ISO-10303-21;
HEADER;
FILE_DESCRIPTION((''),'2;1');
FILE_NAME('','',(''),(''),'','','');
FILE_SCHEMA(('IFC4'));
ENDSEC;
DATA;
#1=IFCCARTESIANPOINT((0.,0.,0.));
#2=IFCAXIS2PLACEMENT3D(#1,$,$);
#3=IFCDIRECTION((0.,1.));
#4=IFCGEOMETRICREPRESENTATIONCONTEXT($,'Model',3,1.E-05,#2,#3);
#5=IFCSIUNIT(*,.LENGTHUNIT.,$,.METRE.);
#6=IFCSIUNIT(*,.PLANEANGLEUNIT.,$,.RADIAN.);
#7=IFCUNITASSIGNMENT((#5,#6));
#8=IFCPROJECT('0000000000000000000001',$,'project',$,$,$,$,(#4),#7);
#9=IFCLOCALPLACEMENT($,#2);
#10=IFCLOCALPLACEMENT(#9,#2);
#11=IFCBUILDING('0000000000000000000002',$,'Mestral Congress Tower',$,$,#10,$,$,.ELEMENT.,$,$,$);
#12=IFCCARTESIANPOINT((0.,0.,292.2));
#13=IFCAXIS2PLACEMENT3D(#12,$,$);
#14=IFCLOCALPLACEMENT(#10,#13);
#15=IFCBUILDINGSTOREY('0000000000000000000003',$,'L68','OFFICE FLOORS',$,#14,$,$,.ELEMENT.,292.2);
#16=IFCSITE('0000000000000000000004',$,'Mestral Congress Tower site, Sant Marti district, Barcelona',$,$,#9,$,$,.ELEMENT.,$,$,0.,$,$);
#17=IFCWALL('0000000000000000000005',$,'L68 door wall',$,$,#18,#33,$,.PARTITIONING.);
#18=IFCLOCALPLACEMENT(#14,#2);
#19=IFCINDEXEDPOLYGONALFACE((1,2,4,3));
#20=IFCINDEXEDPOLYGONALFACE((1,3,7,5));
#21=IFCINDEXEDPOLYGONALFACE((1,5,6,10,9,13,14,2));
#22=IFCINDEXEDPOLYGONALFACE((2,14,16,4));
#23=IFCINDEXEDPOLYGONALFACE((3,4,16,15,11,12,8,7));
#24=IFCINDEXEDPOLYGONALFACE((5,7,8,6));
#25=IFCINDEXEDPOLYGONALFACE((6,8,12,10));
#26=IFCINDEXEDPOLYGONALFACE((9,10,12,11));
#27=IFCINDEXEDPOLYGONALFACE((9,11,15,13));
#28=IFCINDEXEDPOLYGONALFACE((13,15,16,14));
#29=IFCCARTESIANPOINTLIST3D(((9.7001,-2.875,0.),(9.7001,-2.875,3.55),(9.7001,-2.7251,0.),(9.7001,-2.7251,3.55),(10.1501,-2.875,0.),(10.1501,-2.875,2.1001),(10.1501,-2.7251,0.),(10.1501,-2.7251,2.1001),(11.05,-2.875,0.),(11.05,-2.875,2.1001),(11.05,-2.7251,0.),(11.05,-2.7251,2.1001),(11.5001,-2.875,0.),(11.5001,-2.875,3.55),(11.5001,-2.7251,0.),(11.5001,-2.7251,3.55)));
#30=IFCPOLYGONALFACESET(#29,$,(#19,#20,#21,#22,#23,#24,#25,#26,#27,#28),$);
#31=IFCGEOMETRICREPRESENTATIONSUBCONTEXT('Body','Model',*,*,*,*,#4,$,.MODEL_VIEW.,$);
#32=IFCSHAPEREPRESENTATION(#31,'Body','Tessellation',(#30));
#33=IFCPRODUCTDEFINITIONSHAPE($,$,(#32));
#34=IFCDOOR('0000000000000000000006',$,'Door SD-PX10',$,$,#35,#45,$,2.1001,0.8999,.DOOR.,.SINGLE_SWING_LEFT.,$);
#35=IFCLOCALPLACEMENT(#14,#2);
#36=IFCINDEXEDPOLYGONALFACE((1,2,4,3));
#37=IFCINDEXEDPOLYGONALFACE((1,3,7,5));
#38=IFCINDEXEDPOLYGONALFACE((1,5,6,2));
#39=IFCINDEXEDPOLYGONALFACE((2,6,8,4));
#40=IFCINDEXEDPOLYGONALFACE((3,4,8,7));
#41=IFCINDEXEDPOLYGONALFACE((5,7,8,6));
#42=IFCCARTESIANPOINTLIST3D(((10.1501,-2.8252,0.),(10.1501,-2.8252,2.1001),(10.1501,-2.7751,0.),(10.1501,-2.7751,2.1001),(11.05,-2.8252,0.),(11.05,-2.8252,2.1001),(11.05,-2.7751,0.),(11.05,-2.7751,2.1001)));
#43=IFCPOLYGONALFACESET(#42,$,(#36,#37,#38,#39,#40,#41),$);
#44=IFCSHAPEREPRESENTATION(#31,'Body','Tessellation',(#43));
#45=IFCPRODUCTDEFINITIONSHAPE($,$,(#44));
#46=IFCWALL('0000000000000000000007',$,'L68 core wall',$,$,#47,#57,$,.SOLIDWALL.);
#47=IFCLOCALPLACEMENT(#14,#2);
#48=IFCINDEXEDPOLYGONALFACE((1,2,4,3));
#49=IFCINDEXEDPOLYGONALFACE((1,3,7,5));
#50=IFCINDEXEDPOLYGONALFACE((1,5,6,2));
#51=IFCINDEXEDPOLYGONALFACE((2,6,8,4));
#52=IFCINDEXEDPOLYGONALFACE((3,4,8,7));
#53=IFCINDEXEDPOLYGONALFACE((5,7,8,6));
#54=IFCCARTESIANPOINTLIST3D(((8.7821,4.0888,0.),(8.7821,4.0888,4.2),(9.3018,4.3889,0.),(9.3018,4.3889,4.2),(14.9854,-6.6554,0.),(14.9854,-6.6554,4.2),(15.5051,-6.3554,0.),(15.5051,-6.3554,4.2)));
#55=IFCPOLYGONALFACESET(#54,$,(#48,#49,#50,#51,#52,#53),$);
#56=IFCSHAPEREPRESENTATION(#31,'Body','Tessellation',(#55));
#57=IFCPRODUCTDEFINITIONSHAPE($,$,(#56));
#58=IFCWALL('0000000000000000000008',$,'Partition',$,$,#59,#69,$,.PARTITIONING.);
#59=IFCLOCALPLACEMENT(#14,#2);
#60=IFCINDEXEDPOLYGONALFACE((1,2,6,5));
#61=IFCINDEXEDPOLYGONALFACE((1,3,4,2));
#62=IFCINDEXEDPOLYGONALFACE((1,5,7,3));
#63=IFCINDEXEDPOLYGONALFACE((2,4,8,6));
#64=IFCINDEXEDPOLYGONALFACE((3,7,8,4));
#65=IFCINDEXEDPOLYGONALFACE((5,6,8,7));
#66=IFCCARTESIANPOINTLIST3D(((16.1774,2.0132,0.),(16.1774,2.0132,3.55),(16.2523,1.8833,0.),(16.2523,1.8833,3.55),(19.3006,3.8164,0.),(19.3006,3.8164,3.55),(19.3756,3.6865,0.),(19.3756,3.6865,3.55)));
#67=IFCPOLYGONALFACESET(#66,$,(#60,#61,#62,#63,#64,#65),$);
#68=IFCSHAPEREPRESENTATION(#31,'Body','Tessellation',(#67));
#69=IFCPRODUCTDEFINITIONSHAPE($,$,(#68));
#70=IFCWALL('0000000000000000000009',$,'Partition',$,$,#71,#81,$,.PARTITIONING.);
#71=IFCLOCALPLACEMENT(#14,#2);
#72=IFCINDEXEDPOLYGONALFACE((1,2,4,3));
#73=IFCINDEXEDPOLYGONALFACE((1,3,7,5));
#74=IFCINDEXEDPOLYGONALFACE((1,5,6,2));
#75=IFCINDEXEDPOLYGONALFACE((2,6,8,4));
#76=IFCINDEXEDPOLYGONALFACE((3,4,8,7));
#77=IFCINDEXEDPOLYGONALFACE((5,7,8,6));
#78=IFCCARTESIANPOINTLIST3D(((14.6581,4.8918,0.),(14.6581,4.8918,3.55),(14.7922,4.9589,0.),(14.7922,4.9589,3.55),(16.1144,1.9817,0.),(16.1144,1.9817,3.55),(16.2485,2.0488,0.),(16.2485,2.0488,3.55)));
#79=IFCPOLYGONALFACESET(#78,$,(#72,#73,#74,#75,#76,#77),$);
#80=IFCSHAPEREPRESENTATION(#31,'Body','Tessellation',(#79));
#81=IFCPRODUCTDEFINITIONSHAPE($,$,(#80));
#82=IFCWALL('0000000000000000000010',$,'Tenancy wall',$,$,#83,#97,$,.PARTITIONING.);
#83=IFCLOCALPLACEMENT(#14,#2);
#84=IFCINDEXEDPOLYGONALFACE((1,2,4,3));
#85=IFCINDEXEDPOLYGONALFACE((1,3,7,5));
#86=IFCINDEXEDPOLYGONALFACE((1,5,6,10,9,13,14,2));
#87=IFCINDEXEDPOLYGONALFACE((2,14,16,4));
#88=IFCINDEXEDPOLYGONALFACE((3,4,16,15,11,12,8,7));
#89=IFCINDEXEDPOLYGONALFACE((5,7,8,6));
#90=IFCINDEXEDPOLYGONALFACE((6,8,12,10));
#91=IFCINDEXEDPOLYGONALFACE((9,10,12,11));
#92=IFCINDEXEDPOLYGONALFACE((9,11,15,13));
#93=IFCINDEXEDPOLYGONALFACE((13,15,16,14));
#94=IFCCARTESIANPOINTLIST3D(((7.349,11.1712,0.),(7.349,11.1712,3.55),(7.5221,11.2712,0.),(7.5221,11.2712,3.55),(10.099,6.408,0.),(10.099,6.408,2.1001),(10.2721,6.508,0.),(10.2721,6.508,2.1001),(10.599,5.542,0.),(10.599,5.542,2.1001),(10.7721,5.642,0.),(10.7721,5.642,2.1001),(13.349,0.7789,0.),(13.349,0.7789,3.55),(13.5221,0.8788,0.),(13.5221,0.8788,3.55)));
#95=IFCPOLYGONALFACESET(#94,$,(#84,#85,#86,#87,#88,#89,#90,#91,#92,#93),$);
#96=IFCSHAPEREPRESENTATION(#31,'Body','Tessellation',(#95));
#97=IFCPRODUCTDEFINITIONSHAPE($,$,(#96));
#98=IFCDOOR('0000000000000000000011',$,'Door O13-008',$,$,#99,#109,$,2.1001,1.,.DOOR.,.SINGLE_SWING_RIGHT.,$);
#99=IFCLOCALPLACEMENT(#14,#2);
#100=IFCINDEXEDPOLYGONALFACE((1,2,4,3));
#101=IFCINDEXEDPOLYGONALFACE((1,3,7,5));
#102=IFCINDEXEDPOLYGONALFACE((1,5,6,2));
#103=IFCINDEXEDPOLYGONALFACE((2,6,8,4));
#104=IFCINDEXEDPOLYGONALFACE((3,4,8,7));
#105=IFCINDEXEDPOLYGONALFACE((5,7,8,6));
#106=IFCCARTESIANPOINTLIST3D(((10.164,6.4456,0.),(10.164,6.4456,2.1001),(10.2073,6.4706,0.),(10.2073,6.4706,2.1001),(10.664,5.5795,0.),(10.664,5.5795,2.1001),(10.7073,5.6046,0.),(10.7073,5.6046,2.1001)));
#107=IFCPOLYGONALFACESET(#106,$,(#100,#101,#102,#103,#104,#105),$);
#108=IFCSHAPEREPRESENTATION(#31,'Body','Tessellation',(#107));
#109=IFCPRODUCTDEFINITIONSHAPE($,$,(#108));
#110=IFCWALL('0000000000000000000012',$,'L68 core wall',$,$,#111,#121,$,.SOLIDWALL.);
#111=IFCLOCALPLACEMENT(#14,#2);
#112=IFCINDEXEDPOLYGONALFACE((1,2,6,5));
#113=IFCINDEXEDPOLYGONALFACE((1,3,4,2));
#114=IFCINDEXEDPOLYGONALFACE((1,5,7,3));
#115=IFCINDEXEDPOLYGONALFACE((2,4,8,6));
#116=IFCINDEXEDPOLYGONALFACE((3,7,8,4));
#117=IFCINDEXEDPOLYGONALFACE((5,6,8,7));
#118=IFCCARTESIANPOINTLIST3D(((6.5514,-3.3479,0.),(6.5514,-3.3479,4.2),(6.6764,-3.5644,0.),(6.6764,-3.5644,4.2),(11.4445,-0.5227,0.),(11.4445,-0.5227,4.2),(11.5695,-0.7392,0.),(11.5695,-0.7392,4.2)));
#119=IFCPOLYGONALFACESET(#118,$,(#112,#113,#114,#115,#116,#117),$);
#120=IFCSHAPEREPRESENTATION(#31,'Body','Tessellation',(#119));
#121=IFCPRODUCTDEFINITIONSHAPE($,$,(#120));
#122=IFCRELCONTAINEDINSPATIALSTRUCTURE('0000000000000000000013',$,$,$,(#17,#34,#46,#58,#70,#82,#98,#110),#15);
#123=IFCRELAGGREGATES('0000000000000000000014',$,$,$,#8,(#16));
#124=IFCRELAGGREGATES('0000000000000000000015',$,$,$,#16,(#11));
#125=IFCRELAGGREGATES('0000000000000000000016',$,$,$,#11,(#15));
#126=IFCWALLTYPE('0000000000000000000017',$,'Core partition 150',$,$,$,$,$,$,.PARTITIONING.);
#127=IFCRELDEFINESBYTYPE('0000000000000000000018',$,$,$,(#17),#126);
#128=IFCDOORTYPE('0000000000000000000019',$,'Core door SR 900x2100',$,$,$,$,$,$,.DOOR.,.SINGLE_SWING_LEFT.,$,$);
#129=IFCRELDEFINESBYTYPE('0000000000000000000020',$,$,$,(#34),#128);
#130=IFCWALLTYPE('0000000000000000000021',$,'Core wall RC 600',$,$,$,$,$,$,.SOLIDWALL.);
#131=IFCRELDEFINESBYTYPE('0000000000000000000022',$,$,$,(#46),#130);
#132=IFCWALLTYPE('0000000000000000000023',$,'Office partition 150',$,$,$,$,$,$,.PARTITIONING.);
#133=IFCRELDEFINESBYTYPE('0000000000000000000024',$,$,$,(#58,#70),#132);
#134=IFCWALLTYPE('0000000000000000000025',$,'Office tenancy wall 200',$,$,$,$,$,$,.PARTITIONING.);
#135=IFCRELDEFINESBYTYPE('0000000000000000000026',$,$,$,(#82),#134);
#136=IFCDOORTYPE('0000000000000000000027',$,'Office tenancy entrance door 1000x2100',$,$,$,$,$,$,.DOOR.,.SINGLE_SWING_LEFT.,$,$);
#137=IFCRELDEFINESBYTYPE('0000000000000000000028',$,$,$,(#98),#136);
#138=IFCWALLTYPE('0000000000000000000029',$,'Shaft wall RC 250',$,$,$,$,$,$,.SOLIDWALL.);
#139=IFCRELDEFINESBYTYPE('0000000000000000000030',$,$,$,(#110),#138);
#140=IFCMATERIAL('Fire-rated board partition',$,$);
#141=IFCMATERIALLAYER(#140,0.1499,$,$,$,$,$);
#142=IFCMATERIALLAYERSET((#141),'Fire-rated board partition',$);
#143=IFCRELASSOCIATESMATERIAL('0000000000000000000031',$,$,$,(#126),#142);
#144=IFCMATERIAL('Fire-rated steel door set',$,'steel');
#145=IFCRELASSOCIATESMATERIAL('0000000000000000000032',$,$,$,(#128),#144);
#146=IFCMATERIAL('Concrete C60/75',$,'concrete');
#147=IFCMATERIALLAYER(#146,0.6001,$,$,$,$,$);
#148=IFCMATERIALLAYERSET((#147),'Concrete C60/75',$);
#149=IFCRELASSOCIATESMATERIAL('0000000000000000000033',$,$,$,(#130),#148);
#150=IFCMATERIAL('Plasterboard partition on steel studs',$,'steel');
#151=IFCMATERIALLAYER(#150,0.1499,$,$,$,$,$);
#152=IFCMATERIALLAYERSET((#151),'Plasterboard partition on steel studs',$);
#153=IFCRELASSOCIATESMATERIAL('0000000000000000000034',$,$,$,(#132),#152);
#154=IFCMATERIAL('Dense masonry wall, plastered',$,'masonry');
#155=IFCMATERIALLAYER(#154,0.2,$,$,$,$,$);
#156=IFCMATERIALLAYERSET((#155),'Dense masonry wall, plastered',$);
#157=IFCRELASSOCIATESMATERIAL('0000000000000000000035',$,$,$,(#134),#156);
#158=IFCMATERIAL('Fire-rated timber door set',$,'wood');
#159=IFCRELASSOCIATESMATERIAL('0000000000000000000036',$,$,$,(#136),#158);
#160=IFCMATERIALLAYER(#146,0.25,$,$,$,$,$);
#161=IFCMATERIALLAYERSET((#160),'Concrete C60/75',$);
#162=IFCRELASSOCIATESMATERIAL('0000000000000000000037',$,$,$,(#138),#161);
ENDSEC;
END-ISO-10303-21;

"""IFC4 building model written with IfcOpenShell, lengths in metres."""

from ifc_helpers import new_model, si_unit, direction, frame, frame_2d, origin, place, context, subcontext, project, spatial, rectangle, extrude, material, layer, layer_set, type_object, element, fill, save


model = new_model("IFC4")

# Units and contexts
model_context = context("Model", 3, precision=1e-05, world=origin(), true_north=direction((0.0, 1.0)))
body_context = subcontext(model_context, "Body", "Model", "MODEL_VIEW")
ifc_project = project(units=[si_unit("LENGTHUNIT", "METRE"), si_unit("PLANEANGLEUNIT", "RADIAN")], contexts=[model_context])

# Site, building, storey
site_placement = place(None, origin())
site = spatial("IfcSite", under=ifc_project, at=site_placement, Name="Mestral Congress Tower site, Sant Marti district, Barcelona", CompositionType="ELEMENT", RefElevation=0.0)
building_placement = place(site_placement, origin())
building = spatial("IfcBuilding", under=site, at=building_placement, Name="Mestral Congress Tower", CompositionType="ELEMENT")
storey_placement = place(building_placement, frame((0.0, 0.0, 292.2)))
storey = spatial("IfcBuildingStorey", under=building, at=storey_placement, Name="L68", Description="OFFICE FLOORS", CompositionType="ELEMENT", Elevation=292.2)

# Wall, opening, door
ifc_material_1 = material(Name="Fire-rated board partition")
ifc_layer_1 = layer(ifc_material_1, 0.1499)
ifc_layer_set_1 = layer_set([ifc_layer_1], Name="Fire-rated board partition")
wall_type_1 = type_object("IfcWallType", Name="Core partition 150", PredefinedType="PARTITIONING", material=ifc_layer_set_1)
wall_1_placement = place(storey_placement, frame((9.7002, -2.8, 0.0), z_axis=(0.0, 0.0, 1.0), x_axis=(1.0, 0.0, 0.0)))
wall_1 = element("IfcWall", 1, at=wall_1_placement, inside=storey, type_object=wall_type_1, Name="L68 door wall", PredefinedType="PARTITIONING", context=body_context, shape_type="SweptSolid", body=[
    extrude(rectangle(XDim=1.8, YDim=0.1499, at=frame_2d((0.8999, 0.0))), origin(), (0.0, 0.0, 1.0), 3.55),
])
opening_1_placement = place(wall_1_placement, frame((0.45, 0.0, 0.0)))
opening_1 = element("IfcOpeningElement", 2, at=opening_1_placement, cuts=wall_1, PredefinedType="OPENING", context=body_context, shape_type="SweptSolid", body=[
    extrude(rectangle(XDim=0.8999, YDim=2.1001, at=frame_2d((0.45, 1.05))), frame((0.0, 0.085, 0.0), z_axis=(0.0, -1.0, 0.0), x_axis=(1.0, 0.0, 0.0)), (0.0, 0.0, 1.0), 0.1699),
])
ifc_material_2 = material(Name="Fire-rated steel door set", Category="steel")
door_type_1 = type_object("IfcDoorType", Name="Core door SR 900x2100", OperationType="SINGLE_SWING_LEFT", PredefinedType="DOOR", material=ifc_material_2)
door_1_placement = place(opening_1_placement, origin())
door_1 = element("IfcDoor", 3, at=door_1_placement, inside=storey, type_object=door_type_1, Name="Door SD-PX10", OperationType="SINGLE_SWING_LEFT", OverallHeight=2.1001, OverallWidth=0.8999, PredefinedType="DOOR", context=body_context, shape_type="SweptSolid", body=[
    extrude(rectangle(XDim=0.8999, YDim=2.1001, at=frame_2d((0.45, 1.05))), frame((0.0, 0.0249, 0.0), z_axis=(0.0, -1.0, 0.0), x_axis=(1.0, 0.0, 0.0)), (0.0, 0.0, 1.0), 0.05),
])
fill(opening_1, door_1)

# Walls
ifc_material_3 = material(Name="Concrete C60/75", Category="concrete")
ifc_layer_2 = layer(ifc_material_3, 0.6001)
ifc_layer_set_2 = layer_set([ifc_layer_2], Name="Concrete C60/75")
wall_type_2 = type_object("IfcWallType", Name="Core wall RC 600", PredefinedType="SOLIDWALL", material=ifc_layer_set_2)
wall_2_placement = place(storey_placement, frame((9.042, 4.2388, 0.0), z_axis=(0.0, 0.0, 1.0), x_axis=(0.500006, -0.866022, 0.0)))
element("IfcWall", 4, at=wall_2_placement, inside=storey, type_object=wall_type_2, Name="L68 core wall", PredefinedType="SOLIDWALL", context=body_context, shape_type="SweptSolid", body=[
    extrude(rectangle(XDim=12.4065, YDim=0.6001, at=frame_2d((6.2031, 0.0))), origin(), (0.0, 0.0, 1.0), 4.2),
])
ifc_material_4 = material(Name="Plasterboard partition on steel studs", Category="steel")
ifc_layer_3 = layer(ifc_material_4, 0.1499)
ifc_layer_set_3 = layer_set([ifc_layer_3], Name="Plasterboard partition on steel studs")
wall_type_3 = type_object("IfcWallType", Name="Office partition 150", PredefinedType="PARTITIONING", material=ifc_layer_set_3)
wall_3_placement = place(storey_placement, frame((16.2148, 1.9482, 0.0), z_axis=(0.0, 0.0, 1.0), x_axis=(0.866027, 0.499998, 0.0)))
element("IfcWall", 5, at=wall_3_placement, inside=storey, type_object=wall_type_3, Name="Partition", PredefinedType="PARTITIONING", context=body_context, shape_type="SweptSolid", body=[
    extrude(rectangle(XDim=3.6064, YDim=0.1499, at=frame_2d((1.8032, 0.0))), origin(), (0.0, 0.0, 1.0), 3.55),
])
wall_4_placement = place(storey_placement, frame((16.1814, 2.0154, 0.0), z_axis=(0.0, 0.0, 1.0), x_axis=(-0.447514, 0.894277, 0.0)))
element("IfcWall", 6, at=wall_4_placement, inside=storey, type_object=wall_type_3, Name="Partition", PredefinedType="PARTITIONING", context=body_context, shape_type="SweptSolid", body=[
    extrude(rectangle(XDim=3.2542, YDim=0.1499, at=frame_2d((1.627, 0.0))), origin(), (0.0, 0.0, 1.0), 3.55),
])

# Wall, opening, door
ifc_material_5 = material(Name="Dense masonry wall, plastered", Category="masonry")
ifc_layer_4 = layer(ifc_material_5, 0.2)
ifc_layer_set_4 = layer_set([ifc_layer_4], Name="Dense masonry wall, plastered")
wall_type_4 = type_object("IfcWallType", Name="Office tenancy wall 200", PredefinedType="PARTITIONING", material=ifc_layer_set_4)
wall_5_placement = place(storey_placement, frame((13.4355, 0.8289, 0.0), z_axis=(0.0, 0.0, 1.0), x_axis=(-0.499999, 0.866026, 0.0)))
wall_5 = element("IfcWall", 7, at=wall_5_placement, inside=storey, type_object=wall_type_4, Name="Tenancy wall", PredefinedType="PARTITIONING", context=body_context, shape_type="SweptSolid", body=[
    extrude(rectangle(XDim=12.0, YDim=0.2, at=frame_2d((6.0, 0.0))), origin(), (0.0, 0.0, 1.0), 3.55),
])
opening_2_placement = place(wall_5_placement, frame((5.5, 0.0, 0.0)))
opening_2 = element("IfcOpeningElement", 8, at=opening_2_placement, cuts=wall_5, PredefinedType="OPENING", context=body_context, shape_type="SweptSolid", body=[
    extrude(rectangle(XDim=1.0, YDim=2.1001, at=frame_2d((0.5, 1.05))), frame((0.0, 0.1099, 0.0), z_axis=(0.0, -1.0, 0.0), x_axis=(1.0, 0.0, 0.0)), (0.0, 0.0, 1.0), 0.22),
])
ifc_material_6 = material(Name="Fire-rated timber door set", Category="wood")
door_type_2 = type_object("IfcDoorType", Name="Office tenancy entrance door 1000x2100", OperationType="SINGLE_SWING_LEFT", PredefinedType="DOOR", material=ifc_material_6)
door_2_placement = place(opening_2_placement, origin())
door_2 = element("IfcDoor", 9, at=door_2_placement, inside=storey, type_object=door_type_2, Name="Door O13-008", OperationType="SINGLE_SWING_RIGHT", OverallHeight=2.1001, OverallWidth=1.0, PredefinedType="DOOR", context=body_context, shape_type="SweptSolid", body=[
    extrude(rectangle(XDim=1.0, YDim=2.1001, at=frame_2d((0.5, 1.05))), frame((0.0, 0.0249, 0.0), z_axis=(0.0, -1.0, 0.0), x_axis=(1.0, 0.0, 0.0)), (0.0, 0.0, 1.0), 0.05),
])
fill(opening_2, door_2)

# Wall
ifc_layer_5 = layer(ifc_material_3, 0.25)
ifc_layer_set_5 = layer_set([ifc_layer_5], Name="Concrete C60/75")
wall_type_5 = type_object("IfcWallType", Name="Shaft wall RC 250", PredefinedType="SOLIDWALL", material=ifc_layer_set_5)
wall_6_placement = place(storey_placement, frame((11.5071, -0.6309, 0.0), z_axis=(0.0, 0.0, 1.0), x_axis=(-0.866011, -0.500024, 0.0)))
element("IfcWall", 10, at=wall_6_placement, inside=storey, type_object=wall_type_5, Name="L68 core wall", PredefinedType="SOLIDWALL", context=body_context, shape_type="SweptSolid", body=[
    extrude(rectangle(XDim=5.6501, YDim=0.25, at=frame_2d((2.8252, 0.0))), origin(), (0.0, 0.0, 1.0), 4.2),
])

save(model, "model.ifc")
